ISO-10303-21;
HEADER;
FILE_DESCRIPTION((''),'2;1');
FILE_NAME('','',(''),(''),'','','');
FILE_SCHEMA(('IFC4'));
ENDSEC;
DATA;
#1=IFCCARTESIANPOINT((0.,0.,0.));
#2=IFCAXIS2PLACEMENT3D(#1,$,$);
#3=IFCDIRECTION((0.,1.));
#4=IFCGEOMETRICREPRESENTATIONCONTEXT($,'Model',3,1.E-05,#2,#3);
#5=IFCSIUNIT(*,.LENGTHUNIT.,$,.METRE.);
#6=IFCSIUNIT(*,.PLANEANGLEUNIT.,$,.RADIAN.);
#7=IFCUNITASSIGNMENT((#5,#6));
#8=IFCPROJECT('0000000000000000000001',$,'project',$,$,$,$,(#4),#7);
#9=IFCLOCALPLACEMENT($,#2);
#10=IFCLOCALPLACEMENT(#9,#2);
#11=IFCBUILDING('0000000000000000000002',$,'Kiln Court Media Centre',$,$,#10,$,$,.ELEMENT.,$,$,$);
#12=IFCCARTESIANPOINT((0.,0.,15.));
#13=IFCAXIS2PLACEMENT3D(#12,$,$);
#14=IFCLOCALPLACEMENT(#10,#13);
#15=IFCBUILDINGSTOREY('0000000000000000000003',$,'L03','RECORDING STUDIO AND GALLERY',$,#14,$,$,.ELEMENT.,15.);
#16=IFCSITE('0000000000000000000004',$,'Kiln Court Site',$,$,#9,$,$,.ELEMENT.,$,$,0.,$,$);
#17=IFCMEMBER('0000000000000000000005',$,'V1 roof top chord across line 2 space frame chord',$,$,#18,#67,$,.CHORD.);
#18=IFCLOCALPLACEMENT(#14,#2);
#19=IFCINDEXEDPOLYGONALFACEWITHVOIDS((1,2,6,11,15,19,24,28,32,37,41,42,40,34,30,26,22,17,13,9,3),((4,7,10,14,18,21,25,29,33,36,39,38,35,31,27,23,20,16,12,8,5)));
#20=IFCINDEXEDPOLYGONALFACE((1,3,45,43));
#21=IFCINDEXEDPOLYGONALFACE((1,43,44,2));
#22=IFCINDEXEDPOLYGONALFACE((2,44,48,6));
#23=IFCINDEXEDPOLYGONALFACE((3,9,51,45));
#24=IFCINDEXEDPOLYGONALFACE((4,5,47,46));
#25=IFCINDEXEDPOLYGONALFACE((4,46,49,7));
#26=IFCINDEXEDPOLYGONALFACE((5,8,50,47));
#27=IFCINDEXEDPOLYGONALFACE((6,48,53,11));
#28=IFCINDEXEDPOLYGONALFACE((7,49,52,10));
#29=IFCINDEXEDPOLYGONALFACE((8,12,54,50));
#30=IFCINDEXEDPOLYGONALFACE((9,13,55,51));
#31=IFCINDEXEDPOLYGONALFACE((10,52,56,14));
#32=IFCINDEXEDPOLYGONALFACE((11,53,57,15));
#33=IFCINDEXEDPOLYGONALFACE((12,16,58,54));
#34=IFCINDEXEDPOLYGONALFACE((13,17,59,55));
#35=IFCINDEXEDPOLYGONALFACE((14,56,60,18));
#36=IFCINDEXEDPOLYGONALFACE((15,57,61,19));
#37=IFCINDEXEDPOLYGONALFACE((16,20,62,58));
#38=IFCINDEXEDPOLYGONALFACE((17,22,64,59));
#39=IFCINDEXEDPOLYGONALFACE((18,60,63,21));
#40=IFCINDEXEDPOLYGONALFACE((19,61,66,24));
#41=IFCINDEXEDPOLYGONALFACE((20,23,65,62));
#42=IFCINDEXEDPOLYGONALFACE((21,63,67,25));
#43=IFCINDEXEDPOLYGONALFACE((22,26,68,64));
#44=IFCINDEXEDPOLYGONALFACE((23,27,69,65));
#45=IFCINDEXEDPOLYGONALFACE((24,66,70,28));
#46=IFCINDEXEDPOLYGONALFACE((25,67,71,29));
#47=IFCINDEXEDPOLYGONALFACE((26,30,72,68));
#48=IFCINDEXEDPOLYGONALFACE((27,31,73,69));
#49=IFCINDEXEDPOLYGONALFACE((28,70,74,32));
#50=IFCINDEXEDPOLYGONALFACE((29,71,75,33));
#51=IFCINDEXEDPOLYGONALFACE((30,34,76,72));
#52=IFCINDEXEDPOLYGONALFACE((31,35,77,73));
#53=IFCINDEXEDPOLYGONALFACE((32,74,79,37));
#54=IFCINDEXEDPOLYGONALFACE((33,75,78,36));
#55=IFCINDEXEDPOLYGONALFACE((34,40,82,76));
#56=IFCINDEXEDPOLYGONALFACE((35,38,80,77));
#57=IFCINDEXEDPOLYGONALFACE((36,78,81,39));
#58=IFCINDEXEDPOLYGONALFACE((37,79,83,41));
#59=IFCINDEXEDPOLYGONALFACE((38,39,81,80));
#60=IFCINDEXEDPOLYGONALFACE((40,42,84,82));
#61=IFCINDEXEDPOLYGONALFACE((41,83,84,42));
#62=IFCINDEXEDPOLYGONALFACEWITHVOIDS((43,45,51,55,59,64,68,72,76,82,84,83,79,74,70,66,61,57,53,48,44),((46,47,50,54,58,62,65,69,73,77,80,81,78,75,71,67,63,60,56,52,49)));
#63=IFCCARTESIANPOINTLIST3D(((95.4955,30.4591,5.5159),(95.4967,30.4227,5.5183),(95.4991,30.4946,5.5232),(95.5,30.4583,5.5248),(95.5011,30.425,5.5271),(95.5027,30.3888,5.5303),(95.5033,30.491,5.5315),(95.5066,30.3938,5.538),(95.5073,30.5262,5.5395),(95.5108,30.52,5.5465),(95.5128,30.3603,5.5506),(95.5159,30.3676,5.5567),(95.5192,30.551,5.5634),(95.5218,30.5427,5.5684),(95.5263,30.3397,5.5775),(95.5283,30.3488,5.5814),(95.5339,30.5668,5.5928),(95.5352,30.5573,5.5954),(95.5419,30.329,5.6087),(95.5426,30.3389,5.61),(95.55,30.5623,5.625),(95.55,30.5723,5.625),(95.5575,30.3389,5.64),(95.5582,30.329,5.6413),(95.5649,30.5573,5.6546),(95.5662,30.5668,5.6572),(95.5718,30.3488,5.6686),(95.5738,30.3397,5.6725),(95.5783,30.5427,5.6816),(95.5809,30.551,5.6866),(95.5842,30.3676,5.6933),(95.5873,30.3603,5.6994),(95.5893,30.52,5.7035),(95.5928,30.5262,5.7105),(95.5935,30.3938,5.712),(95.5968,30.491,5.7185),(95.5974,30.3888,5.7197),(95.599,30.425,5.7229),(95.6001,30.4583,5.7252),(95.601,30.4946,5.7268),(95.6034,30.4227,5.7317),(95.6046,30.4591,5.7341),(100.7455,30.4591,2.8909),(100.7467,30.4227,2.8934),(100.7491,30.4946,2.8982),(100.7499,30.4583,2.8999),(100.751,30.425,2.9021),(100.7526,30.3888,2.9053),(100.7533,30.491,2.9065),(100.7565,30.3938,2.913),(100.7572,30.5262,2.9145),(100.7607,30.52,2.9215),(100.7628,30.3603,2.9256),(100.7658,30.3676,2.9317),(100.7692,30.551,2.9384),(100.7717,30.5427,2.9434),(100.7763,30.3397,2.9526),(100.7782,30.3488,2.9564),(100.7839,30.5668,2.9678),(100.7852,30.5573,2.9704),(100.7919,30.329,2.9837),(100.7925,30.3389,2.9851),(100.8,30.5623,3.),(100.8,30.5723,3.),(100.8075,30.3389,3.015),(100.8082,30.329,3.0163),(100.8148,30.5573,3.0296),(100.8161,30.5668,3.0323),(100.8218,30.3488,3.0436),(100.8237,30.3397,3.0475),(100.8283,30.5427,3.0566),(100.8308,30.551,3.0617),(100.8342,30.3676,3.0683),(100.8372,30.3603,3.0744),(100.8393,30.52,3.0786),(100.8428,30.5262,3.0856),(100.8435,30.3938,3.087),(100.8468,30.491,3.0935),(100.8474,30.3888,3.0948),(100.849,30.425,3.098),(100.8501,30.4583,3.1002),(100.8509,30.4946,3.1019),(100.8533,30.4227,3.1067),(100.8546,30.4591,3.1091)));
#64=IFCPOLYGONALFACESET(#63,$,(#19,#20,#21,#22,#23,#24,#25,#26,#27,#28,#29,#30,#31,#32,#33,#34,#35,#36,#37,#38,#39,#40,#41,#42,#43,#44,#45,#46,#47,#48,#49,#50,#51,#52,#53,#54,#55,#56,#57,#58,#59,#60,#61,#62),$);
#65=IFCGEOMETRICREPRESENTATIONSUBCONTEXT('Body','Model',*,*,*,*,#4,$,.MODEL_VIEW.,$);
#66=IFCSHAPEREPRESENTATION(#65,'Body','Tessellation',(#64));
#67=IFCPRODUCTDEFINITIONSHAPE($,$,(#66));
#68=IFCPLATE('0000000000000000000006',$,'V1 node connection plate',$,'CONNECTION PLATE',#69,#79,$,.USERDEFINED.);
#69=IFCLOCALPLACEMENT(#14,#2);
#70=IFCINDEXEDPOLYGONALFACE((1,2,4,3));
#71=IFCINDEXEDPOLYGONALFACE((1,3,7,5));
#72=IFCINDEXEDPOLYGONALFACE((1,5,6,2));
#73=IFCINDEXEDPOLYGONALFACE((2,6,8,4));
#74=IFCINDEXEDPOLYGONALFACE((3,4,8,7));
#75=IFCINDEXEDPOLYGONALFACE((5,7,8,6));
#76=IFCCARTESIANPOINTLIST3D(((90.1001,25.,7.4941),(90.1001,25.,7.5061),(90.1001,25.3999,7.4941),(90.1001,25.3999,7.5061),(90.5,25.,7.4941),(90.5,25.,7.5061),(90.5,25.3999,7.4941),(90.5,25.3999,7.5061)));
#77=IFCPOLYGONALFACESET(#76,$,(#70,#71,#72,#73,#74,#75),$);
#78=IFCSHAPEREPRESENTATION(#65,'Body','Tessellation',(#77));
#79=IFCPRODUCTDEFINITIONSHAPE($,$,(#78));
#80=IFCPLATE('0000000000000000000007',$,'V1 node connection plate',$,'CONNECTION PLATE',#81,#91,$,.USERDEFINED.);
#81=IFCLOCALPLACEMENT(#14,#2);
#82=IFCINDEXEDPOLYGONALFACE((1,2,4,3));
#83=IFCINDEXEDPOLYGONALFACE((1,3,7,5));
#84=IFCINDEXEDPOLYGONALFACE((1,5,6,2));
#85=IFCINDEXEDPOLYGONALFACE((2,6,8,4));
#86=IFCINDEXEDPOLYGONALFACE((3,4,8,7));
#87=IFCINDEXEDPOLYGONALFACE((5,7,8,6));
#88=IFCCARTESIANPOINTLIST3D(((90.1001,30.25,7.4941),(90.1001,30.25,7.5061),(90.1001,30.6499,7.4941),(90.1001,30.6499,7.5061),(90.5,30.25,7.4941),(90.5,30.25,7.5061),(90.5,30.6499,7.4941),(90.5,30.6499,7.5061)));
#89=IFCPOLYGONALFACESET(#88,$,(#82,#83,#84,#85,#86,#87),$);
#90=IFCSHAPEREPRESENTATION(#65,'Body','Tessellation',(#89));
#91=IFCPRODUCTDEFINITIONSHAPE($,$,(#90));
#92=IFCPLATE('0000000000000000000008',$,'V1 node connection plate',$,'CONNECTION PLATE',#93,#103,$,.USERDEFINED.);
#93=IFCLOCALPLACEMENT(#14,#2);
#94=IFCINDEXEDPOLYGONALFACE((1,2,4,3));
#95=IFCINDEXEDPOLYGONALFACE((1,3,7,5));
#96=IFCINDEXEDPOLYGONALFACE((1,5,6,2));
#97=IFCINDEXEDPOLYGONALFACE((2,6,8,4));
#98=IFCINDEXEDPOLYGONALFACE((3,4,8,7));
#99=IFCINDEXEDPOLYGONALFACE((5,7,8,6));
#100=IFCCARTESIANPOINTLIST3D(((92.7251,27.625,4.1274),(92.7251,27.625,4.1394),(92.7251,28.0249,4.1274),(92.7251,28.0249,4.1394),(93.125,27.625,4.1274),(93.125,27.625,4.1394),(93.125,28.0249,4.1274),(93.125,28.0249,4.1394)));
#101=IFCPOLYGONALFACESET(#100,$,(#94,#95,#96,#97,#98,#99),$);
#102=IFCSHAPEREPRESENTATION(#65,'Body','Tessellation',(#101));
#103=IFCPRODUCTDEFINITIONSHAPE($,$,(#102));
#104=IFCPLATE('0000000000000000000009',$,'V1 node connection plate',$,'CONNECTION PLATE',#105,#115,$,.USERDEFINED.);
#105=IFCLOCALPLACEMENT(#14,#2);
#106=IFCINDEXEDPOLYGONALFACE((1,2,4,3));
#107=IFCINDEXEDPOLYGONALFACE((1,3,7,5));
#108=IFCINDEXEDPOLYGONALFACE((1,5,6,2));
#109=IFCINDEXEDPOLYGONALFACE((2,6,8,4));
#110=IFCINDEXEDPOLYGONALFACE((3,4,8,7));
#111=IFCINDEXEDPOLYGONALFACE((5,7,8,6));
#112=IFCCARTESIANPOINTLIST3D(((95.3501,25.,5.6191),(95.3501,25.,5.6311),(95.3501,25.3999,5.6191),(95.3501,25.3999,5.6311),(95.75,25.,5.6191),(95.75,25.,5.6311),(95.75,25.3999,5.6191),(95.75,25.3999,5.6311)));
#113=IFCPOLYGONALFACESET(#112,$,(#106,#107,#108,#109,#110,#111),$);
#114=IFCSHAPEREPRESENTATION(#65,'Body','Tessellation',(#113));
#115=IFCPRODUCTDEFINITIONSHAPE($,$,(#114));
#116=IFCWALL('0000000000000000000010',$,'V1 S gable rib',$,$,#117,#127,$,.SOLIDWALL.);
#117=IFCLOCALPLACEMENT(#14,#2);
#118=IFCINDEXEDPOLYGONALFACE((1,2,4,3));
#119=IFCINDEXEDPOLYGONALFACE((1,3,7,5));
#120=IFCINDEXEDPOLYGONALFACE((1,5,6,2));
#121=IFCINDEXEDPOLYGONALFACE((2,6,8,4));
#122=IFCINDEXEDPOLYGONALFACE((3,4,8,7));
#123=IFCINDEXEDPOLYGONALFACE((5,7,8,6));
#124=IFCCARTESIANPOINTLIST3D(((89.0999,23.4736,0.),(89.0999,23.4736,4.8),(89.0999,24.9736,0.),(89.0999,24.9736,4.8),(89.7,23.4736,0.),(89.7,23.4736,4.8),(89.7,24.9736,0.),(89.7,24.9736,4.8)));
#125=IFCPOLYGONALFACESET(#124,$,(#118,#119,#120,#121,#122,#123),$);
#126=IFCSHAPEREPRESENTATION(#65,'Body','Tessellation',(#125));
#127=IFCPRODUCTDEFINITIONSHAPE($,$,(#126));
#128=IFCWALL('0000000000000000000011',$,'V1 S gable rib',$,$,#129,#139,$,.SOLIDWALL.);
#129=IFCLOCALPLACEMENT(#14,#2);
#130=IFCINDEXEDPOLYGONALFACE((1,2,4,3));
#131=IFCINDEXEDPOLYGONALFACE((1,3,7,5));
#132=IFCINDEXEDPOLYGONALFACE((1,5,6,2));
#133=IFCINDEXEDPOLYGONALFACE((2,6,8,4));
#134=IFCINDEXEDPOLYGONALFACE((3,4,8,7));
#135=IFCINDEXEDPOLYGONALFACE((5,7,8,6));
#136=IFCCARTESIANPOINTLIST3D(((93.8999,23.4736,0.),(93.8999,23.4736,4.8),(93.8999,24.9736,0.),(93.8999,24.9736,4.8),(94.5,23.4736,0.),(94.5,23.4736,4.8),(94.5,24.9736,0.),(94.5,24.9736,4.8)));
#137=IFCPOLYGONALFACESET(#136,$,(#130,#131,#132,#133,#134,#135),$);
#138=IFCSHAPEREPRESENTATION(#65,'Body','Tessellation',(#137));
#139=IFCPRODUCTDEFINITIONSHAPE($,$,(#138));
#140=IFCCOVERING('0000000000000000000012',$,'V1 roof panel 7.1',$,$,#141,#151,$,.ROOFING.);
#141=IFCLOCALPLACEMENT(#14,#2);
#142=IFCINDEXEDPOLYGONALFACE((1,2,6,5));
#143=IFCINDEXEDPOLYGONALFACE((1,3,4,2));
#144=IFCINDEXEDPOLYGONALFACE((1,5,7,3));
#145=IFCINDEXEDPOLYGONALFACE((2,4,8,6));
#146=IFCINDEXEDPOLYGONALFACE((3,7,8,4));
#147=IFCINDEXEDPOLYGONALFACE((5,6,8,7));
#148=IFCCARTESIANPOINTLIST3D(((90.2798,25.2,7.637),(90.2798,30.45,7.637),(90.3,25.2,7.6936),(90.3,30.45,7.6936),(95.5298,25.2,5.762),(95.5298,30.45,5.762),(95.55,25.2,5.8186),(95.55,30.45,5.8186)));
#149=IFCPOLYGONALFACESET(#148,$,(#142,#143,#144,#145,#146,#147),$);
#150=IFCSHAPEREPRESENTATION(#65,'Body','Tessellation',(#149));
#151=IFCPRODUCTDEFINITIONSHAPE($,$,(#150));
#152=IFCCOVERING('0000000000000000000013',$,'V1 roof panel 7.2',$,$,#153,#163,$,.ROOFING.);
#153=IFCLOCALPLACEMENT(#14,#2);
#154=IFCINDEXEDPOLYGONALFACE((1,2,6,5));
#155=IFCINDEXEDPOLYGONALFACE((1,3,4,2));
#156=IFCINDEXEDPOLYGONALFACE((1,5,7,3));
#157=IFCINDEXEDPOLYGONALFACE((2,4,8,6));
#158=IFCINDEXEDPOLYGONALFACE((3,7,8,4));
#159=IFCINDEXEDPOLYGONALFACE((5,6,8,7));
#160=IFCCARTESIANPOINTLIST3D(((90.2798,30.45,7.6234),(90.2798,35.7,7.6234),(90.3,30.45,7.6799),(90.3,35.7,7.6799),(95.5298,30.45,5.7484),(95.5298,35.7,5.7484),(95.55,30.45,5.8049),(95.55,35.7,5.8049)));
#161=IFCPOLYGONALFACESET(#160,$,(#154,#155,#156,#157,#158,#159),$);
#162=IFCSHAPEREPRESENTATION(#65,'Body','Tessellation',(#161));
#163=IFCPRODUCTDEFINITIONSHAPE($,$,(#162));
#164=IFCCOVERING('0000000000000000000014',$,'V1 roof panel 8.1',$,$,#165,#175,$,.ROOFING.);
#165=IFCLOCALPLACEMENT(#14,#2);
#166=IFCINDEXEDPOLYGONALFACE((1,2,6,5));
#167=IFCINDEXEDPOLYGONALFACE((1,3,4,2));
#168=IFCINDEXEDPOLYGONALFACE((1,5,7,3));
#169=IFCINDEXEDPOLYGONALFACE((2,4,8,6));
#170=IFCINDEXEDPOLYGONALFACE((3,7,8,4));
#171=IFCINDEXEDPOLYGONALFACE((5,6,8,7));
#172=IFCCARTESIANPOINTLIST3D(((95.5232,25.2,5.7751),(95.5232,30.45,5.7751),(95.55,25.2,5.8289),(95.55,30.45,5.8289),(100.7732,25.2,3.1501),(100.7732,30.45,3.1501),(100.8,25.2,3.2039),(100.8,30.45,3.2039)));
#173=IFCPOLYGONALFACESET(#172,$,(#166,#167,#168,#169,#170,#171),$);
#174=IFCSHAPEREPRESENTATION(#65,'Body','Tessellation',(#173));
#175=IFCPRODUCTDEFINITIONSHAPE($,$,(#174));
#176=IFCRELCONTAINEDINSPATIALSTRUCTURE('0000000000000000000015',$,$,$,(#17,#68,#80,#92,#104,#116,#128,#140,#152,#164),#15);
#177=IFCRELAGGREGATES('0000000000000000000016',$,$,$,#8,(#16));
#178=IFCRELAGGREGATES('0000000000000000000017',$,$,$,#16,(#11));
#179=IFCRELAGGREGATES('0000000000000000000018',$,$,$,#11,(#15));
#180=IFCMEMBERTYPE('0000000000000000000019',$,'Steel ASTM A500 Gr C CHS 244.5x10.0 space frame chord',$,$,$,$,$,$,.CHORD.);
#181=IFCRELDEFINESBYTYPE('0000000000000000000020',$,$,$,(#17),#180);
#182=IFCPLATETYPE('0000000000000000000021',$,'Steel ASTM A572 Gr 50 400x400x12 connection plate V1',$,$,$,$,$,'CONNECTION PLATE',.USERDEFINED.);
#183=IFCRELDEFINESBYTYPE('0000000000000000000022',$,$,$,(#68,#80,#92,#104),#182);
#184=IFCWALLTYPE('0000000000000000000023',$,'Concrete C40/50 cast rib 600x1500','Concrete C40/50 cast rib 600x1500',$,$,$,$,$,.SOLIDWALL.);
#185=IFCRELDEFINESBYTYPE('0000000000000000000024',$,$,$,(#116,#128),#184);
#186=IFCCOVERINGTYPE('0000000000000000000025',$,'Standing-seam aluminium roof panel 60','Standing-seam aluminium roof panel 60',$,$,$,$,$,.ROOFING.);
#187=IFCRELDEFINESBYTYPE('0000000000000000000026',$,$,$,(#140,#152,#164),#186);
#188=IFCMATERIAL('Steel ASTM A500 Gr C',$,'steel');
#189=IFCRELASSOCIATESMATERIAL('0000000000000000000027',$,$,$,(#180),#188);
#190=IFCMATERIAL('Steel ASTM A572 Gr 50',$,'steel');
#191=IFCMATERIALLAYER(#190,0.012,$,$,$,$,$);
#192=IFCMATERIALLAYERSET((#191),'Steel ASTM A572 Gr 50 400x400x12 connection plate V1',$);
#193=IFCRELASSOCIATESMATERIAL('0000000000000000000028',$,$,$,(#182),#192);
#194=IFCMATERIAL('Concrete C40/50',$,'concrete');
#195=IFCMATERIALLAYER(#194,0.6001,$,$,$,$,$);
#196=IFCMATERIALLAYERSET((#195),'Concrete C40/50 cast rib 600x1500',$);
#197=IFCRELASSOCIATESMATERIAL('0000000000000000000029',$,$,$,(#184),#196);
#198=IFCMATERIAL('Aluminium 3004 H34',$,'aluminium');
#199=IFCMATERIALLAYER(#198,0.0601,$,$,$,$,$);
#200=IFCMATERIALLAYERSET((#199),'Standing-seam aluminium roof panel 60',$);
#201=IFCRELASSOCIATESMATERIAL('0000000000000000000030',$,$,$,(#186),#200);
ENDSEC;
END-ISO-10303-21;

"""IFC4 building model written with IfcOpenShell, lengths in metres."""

from ifc_helpers import new_model, si_unit, direction, frame, frame_2d, origin, origin_2d, place, context, subcontext, project, spatial, polyline, rectangle, hollow_circle, outline, extrude, material, layer, layer_set, material_profile, profile_set, type_object, element, save


model = new_model("IFC4")

# Units and contexts
model_context = context("Model", 3, precision=1e-05, world=origin(), true_north=direction((0.0, 1.0)))
body_context = subcontext(model_context, "Body", "Model", "MODEL_VIEW")
ifc_project = project(units=[si_unit("LENGTHUNIT", "METRE"), si_unit("PLANEANGLEUNIT", "RADIAN")], contexts=[model_context])

# Site, building, storey
site_placement = place(None, origin())
site = spatial("IfcSite", under=ifc_project, at=site_placement, Name="Kiln Court Site", CompositionType="ELEMENT", RefElevation=0.0)
building_placement = place(site_placement, origin())
building = spatial("IfcBuilding", under=site, at=building_placement, Name="Kiln Court Media Centre", CompositionType="ELEMENT")
storey_placement = place(building_placement, frame((0.0, 0.0, 15.0)))
storey = spatial("IfcBuildingStorey", under=building, at=storey_placement, Name="L03", Description="RECORDING STUDIO AND GALLERY", CompositionType="ELEMENT", Elevation=15.0)

# Member
ifc_material_1 = material(Name="Steel ASTM A500 Gr C", Category="steel")
ifc_material_profile_1 = material_profile(ifc_material_1, hollow_circle(Radius=0.1223, WallThickness=0.01, at=origin_2d()), Name="CHS 244.5x10.0")
ifc_profile_set_1 = profile_set([ifc_material_profile_1], Name="Steel ASTM A500 Gr C")
member_type_1 = type_object("IfcMemberType", Name="Steel ASTM A500 Gr C CHS 244.5x10.0 space frame chord", PredefinedType="CHORD", material=ifc_profile_set_1)
for number, where, z_axis, x_axis, name in (
    (1, (95.55, 30.45, 5.625), (0.894427, 0.0, -0.447214), (0.0, 1.0, 0.0), "V1 roof top chord across line 2 space frame chord"),
):
    element("IfcMember", number, at=place(storey_placement, frame(where, z_axis=z_axis, x_axis=x_axis)), inside=storey, type_object=member_type_1, Name=name, PredefinedType="CHORD", context=body_context, shape_type="SweptSolid", body=[
        extrude(hollow_circle(Radius=0.1223, WallThickness=0.01, at=origin_2d()), origin(), (0.0, 0.0, 1.0), 5.8696),
    ])

# Plates
ifc_material_2 = material(Name="Steel ASTM A572 Gr 50", Category="steel")
ifc_layer_1 = layer(ifc_material_2, 0.012)
ifc_layer_set_1 = layer_set([ifc_layer_1], Name="Steel ASTM A572 Gr 50 400x400x12 connection plate V1")
plate_type = type_object("IfcPlateType", Name="Steel ASTM A572 Gr 50 400x400x12 connection plate V1", ElementType="CONNECTION PLATE", PredefinedType="USERDEFINED", material=ifc_layer_set_1)
for number, where, z_axis, x_axis, name in (
    (2, (90.3, 25.2, 7.4941), (0.0, 0.0, 1.0), (1.0, 0.0, 0.0), "V1 node connection plate"),
    (3, (90.3, 30.45, 7.4941), (0.0, 0.0, 1.0), (1.0, 0.0, 0.0), "V1 node connection plate"),
    (4, (92.925, 27.825, 4.1274), (0.0, 0.0, 1.0), (1.0, 0.0, 0.0), "V1 node connection plate"),
    (5, (95.55, 25.2, 5.6191), (0.0, 0.0, 1.0), (1.0, 0.0, 0.0), "V1 node connection plate"),
):
    element("IfcPlate", number, at=place(storey_placement, frame(where, z_axis=z_axis, x_axis=x_axis)), inside=storey, type_object=plate_type, Name=name, ObjectType="CONNECTION PLATE", PredefinedType="USERDEFINED", context=body_context, shape_type="SweptSolid", body=[
        extrude(rectangle(XDim=0.3999, YDim=0.3999, at=origin_2d()), origin(), (0.0, 0.0, 1.0), 0.012),
    ])

# Walls
ifc_material_3 = material(Name="Concrete C40/50", Category="concrete")
ifc_layer_2 = layer(ifc_material_3, 0.6001)
ifc_layer_set_2 = layer_set([ifc_layer_2], Name="Concrete C40/50 cast rib 600x1500")
wall_type = type_object("IfcWallType", Name="Concrete C40/50 cast rib 600x1500", Description="Concrete C40/50 cast rib 600x1500", PredefinedType="SOLIDWALL", material=ifc_layer_set_2)
for number, where, z_axis, x_axis, name in (
    (6, (89.3999, 24.9736, 0.0), (0.0, 0.0, 1.0), (0.0, -1.0, 0.0), "V1 S gable rib"),
    (7, (94.2, 24.9736, 0.0), (0.0, 0.0, 1.0), (0.0, -1.0, 0.0), "V1 S gable rib"),
):
    element("IfcWall", number, at=place(storey_placement, frame(where, z_axis=z_axis, x_axis=x_axis)), inside=storey, type_object=wall_type, Name=name, PredefinedType="SOLIDWALL", context=body_context, shape_type="SweptSolid", body=[
        extrude(rectangle(XDim=1.5, YDim=0.6001, at=frame_2d((0.75, 0.0))), origin(), (0.0, 0.0, 1.0), 4.8),
    ])

# Coverings
ifc_material_4 = material(Name="Aluminium 3004 H34", Category="aluminium")
ifc_layer_3 = layer(ifc_material_4, 0.0601)
ifc_layer_set_3 = layer_set([ifc_layer_3], Name="Standing-seam aluminium roof panel 60")
covering_type = type_object("IfcCoveringType", Name="Standing-seam aluminium roof panel 60", Description="Standing-seam aluminium roof panel 60", PredefinedType="ROOFING", material=ifc_layer_set_3)
for number, where, z_axis, x_axis, name in (
    (8, (90.3, 25.2, 7.6936), (0.336336, 0.0, 0.941742), (0.941742, 0.0, -0.336336), "V1 roof panel 7.1"),
    (9, (90.3, 30.45, 7.6799), (0.336336, 0.0, 0.941742), (0.941742, 0.0, -0.336336), "V1 roof panel 7.2"),
):
    element("IfcCovering", number, at=place(storey_placement, frame(where, z_axis=z_axis, x_axis=x_axis)), inside=storey, type_object=covering_type, Name=name, PredefinedType="ROOFING", context=body_context, shape_type="SweptSolid", body=[
        extrude(outline(polyline([(0.0, 0.0), (5.5748, 0.0), (5.5748, 5.25), (0.0, 5.25), (0.0, 0.0)])), origin(), (0.0, 0.0, -1.0), 0.0601),
    ])
covering_placement = place(storey_placement, frame((95.55, 25.2, 5.8289), z_axis=(0.447214, 0.0, 0.894427), x_axis=(0.894427, 0.0, -0.447214)))
element("IfcCovering", 10, at=covering_placement, inside=storey, type_object=covering_type, Name="V1 roof panel 8.1", PredefinedType="ROOFING", context=body_context, shape_type="SweptSolid", body=[
    extrude(outline(polyline([(0.0, 0.0), (5.8697, 0.0), (5.8697, 5.25), (0.0, 5.25), (0.0, 0.0)])), origin(), (0.0, 0.0, -1.0), 0.0601),
])

save(model, "model.ifc")
